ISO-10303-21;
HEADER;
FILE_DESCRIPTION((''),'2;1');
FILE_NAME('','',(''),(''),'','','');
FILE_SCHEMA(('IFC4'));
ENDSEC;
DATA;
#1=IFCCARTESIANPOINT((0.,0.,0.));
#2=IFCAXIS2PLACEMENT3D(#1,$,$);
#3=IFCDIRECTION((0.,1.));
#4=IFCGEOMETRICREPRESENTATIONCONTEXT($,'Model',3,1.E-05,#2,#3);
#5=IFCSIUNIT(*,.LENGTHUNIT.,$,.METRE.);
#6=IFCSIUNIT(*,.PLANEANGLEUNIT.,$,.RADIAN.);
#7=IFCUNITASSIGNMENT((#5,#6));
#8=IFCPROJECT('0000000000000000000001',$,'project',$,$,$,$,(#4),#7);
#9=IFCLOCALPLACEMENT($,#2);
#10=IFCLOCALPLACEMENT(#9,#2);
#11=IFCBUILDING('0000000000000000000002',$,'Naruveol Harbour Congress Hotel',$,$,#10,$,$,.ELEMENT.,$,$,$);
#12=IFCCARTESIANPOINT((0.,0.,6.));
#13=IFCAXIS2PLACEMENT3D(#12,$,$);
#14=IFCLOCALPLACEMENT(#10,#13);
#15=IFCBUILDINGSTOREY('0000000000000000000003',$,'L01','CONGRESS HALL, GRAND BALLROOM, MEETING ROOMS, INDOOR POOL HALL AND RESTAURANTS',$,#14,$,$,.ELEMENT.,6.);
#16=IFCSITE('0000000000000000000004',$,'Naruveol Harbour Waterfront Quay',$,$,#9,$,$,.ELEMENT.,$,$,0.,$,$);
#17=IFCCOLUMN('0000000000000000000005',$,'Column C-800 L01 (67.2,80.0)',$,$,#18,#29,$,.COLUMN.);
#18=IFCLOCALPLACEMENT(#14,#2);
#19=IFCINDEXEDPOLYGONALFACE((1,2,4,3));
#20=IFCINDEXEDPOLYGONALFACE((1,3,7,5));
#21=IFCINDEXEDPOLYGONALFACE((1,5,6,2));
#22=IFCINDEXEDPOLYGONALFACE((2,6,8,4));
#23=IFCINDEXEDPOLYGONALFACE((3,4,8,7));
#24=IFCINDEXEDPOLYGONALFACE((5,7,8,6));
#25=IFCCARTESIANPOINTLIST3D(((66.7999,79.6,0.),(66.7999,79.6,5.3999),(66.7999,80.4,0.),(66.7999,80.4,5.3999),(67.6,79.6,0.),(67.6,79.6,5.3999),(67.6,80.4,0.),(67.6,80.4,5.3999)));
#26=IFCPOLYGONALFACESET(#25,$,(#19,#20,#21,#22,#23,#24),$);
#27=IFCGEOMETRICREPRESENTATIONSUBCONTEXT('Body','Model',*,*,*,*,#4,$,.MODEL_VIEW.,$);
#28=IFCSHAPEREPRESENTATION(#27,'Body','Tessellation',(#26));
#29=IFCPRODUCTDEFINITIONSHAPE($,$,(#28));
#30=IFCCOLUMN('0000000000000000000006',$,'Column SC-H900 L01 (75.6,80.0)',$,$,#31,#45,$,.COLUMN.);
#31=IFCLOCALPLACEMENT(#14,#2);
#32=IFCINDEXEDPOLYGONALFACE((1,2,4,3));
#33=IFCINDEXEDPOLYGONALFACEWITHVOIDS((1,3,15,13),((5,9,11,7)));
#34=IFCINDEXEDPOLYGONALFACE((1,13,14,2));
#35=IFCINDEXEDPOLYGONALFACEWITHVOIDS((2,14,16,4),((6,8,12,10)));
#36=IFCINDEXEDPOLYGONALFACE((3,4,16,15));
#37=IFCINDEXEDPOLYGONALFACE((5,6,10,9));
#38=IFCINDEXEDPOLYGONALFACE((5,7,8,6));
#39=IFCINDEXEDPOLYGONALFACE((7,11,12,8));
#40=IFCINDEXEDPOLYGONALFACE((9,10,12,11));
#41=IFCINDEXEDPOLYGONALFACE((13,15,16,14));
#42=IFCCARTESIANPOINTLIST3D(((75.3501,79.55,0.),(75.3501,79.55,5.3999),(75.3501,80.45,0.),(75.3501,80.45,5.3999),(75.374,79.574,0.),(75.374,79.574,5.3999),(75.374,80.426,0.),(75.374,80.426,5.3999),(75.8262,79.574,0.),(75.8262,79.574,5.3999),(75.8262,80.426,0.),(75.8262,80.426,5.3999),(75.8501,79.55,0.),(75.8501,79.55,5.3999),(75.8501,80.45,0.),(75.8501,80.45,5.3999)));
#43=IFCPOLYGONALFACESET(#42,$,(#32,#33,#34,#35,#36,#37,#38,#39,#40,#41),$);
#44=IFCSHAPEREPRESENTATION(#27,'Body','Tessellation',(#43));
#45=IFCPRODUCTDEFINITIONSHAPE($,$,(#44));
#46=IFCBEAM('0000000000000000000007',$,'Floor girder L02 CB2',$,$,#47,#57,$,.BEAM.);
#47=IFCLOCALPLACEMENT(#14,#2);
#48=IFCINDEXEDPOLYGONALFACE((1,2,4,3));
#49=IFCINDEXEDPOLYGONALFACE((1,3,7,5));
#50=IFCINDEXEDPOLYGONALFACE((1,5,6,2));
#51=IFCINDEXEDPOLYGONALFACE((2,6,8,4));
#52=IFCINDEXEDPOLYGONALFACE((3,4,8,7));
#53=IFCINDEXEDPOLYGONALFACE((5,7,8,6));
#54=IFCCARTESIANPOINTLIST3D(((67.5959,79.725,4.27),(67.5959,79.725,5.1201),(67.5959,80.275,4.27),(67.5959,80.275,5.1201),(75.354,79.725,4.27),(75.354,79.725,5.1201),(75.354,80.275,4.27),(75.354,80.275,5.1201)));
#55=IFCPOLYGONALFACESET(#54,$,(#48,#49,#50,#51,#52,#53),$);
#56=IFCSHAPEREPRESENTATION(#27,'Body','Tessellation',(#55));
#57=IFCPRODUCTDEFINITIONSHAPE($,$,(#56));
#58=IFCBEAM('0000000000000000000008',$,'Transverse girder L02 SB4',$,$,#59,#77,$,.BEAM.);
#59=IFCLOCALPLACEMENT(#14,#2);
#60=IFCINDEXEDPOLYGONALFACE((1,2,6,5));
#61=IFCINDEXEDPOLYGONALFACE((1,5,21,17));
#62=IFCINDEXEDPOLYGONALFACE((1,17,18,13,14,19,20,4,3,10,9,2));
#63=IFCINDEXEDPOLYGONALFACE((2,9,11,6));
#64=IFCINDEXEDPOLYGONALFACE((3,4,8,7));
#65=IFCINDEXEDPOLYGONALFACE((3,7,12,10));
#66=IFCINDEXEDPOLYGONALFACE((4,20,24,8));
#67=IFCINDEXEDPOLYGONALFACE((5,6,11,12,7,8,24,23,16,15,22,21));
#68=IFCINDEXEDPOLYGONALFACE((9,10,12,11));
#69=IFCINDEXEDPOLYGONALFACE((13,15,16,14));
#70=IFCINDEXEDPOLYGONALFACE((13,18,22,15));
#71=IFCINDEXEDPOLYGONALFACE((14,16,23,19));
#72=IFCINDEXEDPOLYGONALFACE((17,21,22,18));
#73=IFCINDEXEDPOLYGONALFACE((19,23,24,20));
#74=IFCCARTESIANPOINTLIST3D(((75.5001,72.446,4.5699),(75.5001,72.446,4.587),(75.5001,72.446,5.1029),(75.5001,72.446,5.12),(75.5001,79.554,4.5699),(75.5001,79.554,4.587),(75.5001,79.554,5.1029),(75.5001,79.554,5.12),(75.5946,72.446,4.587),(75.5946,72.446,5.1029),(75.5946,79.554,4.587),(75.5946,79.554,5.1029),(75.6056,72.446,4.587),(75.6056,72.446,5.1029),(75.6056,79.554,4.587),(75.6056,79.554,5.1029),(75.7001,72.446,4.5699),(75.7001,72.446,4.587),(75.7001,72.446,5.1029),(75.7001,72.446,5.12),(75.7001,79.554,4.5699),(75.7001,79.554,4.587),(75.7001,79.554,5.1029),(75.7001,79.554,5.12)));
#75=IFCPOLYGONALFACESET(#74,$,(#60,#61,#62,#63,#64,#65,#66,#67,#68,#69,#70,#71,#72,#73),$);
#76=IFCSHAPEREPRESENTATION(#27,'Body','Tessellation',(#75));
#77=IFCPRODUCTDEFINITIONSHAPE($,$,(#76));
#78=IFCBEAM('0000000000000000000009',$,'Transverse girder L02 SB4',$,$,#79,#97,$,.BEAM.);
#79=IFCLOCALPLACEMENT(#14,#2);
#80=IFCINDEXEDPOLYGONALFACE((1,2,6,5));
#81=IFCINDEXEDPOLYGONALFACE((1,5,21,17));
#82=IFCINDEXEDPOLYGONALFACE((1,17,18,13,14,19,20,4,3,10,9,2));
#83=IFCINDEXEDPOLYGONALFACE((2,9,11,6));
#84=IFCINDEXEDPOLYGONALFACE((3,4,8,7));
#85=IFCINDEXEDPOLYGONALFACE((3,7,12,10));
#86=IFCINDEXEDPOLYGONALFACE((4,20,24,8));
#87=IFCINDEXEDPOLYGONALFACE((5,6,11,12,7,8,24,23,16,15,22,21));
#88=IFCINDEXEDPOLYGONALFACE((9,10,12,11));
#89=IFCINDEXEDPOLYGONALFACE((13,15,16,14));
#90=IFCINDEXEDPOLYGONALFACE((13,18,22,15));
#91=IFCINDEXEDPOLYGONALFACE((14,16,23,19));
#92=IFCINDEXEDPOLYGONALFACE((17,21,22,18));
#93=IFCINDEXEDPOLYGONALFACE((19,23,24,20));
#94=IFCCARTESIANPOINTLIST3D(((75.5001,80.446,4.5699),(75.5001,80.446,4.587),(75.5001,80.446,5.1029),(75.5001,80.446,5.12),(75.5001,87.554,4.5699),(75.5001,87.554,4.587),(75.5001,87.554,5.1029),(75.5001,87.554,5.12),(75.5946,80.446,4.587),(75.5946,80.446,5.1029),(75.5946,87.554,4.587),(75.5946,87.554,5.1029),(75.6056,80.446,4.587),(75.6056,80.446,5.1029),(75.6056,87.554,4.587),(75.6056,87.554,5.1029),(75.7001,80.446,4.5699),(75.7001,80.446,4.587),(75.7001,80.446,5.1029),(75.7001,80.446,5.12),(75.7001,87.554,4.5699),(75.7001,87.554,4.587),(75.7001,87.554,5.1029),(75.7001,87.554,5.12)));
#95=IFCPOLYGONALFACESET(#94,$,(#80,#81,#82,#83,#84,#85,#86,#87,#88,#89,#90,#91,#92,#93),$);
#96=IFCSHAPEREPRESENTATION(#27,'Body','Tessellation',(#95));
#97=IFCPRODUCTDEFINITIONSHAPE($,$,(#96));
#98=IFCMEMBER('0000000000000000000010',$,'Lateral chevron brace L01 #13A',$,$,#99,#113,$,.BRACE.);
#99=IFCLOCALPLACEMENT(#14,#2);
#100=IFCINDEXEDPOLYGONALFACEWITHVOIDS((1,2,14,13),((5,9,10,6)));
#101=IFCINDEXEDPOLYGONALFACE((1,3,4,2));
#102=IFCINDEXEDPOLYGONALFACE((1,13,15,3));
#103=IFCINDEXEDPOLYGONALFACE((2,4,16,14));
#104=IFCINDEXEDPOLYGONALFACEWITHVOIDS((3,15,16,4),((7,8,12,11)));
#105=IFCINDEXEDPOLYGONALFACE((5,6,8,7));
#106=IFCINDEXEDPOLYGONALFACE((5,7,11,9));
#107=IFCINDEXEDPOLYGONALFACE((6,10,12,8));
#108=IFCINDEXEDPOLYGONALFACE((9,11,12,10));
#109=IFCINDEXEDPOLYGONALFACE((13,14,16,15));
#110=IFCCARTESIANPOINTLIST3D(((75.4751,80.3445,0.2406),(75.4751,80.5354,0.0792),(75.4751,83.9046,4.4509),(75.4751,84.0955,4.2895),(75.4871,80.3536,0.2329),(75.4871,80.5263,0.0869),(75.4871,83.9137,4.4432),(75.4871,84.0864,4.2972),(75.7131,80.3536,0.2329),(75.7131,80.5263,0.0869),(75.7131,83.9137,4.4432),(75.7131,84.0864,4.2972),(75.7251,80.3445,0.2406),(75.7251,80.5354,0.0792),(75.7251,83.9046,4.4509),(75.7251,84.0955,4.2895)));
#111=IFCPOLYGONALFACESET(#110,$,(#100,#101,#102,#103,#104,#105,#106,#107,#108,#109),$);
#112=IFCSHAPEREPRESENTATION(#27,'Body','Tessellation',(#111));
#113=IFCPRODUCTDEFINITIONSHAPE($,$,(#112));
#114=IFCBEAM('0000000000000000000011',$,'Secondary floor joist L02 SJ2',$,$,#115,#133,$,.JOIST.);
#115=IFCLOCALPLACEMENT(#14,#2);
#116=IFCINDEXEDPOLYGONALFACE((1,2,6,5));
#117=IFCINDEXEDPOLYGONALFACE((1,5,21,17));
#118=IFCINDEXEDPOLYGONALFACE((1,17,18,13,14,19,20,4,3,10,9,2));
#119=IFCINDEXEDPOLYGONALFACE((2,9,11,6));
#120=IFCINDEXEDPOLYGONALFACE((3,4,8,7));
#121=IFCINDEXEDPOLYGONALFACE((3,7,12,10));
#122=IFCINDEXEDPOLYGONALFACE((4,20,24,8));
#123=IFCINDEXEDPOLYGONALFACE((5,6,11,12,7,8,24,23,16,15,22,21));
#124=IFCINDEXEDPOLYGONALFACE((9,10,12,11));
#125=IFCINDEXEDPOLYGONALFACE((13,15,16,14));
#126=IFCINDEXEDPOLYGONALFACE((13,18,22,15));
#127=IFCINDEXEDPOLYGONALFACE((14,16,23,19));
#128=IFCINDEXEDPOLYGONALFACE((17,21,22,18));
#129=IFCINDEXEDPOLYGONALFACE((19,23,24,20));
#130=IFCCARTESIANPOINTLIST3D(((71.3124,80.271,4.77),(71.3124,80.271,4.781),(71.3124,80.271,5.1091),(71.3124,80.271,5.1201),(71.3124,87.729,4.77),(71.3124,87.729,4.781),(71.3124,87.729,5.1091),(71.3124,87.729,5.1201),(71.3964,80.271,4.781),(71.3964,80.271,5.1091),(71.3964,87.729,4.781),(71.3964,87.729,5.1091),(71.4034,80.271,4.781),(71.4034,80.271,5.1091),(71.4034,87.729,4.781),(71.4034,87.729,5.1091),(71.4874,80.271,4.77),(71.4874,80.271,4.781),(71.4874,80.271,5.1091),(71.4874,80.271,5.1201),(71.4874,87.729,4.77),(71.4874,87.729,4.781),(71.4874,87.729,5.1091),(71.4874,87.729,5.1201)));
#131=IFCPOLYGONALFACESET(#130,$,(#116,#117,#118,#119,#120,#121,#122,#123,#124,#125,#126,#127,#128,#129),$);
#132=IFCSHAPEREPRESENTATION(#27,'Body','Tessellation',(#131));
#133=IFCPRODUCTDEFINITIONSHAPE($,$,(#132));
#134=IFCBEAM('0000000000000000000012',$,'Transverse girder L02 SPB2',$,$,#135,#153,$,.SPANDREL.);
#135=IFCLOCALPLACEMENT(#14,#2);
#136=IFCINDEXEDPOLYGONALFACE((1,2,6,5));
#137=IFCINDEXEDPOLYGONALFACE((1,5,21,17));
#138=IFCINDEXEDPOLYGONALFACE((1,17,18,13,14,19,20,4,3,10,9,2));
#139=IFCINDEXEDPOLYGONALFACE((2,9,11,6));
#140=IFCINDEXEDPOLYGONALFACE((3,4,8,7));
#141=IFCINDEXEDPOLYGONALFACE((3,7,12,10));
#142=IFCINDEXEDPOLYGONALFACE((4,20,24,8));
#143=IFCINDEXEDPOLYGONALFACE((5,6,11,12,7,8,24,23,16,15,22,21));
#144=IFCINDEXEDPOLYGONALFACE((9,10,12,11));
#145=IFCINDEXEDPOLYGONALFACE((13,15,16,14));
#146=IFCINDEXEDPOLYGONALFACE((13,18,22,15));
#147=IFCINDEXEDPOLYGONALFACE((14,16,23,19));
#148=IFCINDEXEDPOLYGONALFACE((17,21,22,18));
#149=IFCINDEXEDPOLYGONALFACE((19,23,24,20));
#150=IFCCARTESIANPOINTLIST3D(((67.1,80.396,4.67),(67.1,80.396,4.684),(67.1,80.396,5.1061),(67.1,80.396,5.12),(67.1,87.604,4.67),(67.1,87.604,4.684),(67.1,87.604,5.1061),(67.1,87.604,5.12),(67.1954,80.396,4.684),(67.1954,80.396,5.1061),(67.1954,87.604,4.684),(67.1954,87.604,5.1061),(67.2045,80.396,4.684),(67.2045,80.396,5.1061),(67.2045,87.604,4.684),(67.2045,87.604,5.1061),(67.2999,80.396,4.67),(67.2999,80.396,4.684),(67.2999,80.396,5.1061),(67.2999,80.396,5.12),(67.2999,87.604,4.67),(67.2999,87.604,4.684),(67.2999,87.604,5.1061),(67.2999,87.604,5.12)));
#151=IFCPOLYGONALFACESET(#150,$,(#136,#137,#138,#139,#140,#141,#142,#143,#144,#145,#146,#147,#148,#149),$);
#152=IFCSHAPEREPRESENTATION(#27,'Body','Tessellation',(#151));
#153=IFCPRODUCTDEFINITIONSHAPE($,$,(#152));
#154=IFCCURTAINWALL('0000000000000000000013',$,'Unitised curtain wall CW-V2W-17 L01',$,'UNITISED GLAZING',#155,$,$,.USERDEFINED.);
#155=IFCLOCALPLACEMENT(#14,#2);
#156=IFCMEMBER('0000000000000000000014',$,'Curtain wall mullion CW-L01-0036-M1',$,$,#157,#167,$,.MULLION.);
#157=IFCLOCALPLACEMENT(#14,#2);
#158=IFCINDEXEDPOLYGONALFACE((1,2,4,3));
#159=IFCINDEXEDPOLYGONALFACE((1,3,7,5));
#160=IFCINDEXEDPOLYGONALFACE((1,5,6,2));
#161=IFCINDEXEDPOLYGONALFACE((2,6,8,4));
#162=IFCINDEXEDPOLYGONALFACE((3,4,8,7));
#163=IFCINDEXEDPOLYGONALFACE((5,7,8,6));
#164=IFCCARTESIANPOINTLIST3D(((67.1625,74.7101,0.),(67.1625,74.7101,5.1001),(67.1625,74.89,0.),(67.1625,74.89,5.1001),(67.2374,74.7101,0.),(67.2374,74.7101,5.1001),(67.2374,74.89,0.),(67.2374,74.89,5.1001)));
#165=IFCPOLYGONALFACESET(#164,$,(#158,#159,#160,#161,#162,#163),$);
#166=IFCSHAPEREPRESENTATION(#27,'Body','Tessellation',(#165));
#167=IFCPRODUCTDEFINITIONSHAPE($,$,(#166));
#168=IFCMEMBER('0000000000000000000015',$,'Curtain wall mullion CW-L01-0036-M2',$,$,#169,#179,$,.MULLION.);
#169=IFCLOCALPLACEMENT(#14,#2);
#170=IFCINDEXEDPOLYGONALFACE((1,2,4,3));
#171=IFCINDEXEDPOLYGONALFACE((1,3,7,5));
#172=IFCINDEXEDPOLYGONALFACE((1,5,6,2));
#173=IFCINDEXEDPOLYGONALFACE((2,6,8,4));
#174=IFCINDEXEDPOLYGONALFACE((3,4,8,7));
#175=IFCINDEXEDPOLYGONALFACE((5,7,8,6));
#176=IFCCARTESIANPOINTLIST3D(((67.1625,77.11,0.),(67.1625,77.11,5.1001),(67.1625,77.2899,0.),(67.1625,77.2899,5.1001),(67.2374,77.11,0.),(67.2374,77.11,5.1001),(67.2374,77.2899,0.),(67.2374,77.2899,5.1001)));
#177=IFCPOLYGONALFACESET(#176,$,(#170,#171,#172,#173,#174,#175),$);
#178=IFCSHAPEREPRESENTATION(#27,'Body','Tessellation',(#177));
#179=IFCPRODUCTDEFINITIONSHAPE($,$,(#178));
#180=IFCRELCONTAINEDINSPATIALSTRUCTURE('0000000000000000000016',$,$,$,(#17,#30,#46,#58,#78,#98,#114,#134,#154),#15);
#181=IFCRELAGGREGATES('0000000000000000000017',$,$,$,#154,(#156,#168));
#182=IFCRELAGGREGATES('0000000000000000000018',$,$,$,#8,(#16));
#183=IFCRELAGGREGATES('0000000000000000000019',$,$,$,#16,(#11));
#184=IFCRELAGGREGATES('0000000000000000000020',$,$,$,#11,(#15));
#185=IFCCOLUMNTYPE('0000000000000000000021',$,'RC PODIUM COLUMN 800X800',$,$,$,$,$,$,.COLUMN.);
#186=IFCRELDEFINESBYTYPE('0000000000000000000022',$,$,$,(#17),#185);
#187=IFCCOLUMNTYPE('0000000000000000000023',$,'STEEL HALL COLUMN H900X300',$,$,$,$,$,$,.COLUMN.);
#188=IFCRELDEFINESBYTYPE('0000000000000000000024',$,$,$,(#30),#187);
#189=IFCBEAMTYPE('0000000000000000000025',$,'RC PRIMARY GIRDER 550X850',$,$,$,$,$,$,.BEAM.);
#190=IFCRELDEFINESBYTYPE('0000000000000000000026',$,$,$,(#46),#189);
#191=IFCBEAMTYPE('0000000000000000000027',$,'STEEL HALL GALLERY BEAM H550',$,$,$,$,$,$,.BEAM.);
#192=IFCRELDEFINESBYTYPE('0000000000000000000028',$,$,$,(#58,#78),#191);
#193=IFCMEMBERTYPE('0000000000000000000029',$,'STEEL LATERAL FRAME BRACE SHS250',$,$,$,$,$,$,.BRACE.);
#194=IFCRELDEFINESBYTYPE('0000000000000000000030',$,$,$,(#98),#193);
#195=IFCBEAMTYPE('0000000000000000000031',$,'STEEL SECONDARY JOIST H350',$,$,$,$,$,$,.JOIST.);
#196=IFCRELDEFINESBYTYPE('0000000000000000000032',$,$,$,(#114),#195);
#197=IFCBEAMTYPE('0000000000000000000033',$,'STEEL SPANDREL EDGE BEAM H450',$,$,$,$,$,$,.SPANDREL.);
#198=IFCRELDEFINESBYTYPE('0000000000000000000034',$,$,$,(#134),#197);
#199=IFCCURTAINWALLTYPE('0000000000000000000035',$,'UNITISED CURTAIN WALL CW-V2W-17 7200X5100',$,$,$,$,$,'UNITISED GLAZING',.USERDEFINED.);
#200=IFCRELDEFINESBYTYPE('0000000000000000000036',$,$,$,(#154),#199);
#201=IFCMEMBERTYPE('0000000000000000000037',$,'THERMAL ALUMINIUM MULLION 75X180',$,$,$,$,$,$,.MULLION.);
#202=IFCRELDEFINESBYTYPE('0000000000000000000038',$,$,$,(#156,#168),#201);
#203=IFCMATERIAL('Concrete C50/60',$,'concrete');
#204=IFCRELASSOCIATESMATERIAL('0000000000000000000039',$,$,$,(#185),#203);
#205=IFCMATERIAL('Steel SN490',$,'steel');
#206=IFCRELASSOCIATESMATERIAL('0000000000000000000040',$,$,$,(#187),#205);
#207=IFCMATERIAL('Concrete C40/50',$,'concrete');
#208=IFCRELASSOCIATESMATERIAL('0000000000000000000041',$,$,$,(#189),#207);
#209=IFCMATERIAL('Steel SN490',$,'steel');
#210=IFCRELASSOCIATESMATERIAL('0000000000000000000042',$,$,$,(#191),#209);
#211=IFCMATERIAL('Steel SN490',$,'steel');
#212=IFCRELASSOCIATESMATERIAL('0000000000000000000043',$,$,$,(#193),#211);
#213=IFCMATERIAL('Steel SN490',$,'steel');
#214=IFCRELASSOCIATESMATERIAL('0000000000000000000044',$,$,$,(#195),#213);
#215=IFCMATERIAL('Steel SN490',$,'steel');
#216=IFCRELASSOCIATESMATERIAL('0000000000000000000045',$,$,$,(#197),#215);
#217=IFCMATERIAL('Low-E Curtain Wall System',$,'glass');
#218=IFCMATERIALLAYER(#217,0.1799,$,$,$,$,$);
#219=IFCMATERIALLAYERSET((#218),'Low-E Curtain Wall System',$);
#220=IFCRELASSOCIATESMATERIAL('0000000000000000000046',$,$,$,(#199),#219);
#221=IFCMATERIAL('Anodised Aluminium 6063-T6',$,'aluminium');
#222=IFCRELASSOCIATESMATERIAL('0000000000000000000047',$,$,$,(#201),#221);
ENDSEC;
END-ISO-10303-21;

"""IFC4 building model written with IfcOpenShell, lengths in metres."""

from ifc_helpers import new_model, si_unit, direction, frame, origin, origin_2d, place, context, subcontext, project, spatial, rectangle, hollow_rectangle, i_section, extrude, material, layer, layer_set, material_profile, profile_set, type_object, element, aggregate, save


model = new_model("IFC4")

# Units and contexts
model_context = context("Model", 3, precision=1e-05, world=origin(), true_north=direction((0.0, 1.0)))
body_context = subcontext(model_context, "Body", "Model", "MODEL_VIEW")
ifc_project = project(units=[si_unit("LENGTHUNIT", "METRE"), si_unit("PLANEANGLEUNIT", "RADIAN")], contexts=[model_context])

# Site, building, storey
site_placement = place(None, origin())
site = spatial("IfcSite", under=ifc_project, at=site_placement, Name="Naruveol Harbour Waterfront Quay", CompositionType="ELEMENT", RefElevation=0.0)
building_placement = place(site_placement, origin())
building = spatial("IfcBuilding", under=site, at=building_placement, Name="Naruveol Harbour Congress Hotel", CompositionType="ELEMENT")
storey_placement = place(building_placement, frame((0.0, 0.0, 6.0)))
storey = spatial("IfcBuildingStorey", under=building, at=storey_placement, Name="L01", Description="CONGRESS HALL, GRAND BALLROOM, MEETING ROOMS, INDOOR POOL HALL AND RESTAURANTS", CompositionType="ELEMENT", Elevation=6.0)

# Columns
ifc_material_1 = material(Name="Concrete C50/60", Category="concrete")
ifc_material_profile_1 = material_profile(ifc_material_1, rectangle(XDim=0.8, YDim=0.8, at=origin_2d()), Name="RC-800x800")
ifc_profile_set_1 = profile_set([ifc_material_profile_1], Name="Concrete C50/60")
column_type_1 = type_object("IfcColumnType", Name="RC PODIUM COLUMN 800X800", PredefinedType="COLUMN", material=ifc_profile_set_1)
column_1_placement = place(storey_placement, frame((67.2, 80.0, 0.0), z_axis=(0.0, 0.0, 1.0), x_axis=(1.0, 0.0, 0.0)))
element("IfcColumn", 1, at=column_1_placement, inside=storey, type_object=column_type_1, Name="Column C-800 L01 (67.2,80.0)", PredefinedType="COLUMN", context=body_context, shape_type="SweptSolid", body=[
    extrude(rectangle(XDim=0.8, YDim=0.8, at=origin_2d()), origin(), (0.0, 0.0, 1.0), 5.3999),
])
ifc_material_2 = material(Name="Steel SN490", Category="steel")
ifc_material_profile_2 = material_profile(ifc_material_2, hollow_rectangle(XDim=0.5, YDim=0.8999, WallThickness=0.0239, at=origin_2d()), Name="RHS-900x500x24")
ifc_profile_set_2 = profile_set([ifc_material_profile_2], Name="Steel SN490")
column_type_2 = type_object("IfcColumnType", Name="STEEL HALL COLUMN H900X300", PredefinedType="COLUMN", material=ifc_profile_set_2)
column_2_placement = place(storey_placement, frame((75.6001, 80.0, 0.0), z_axis=(0.0, 0.0, 1.0), x_axis=(1.0, 0.0, 0.0)))
element("IfcColumn", 2, at=column_2_placement, inside=storey, type_object=column_type_2, Name="Column SC-H900 L01 (75.6,80.0)", PredefinedType="COLUMN", context=body_context, shape_type="SweptSolid", body=[
    extrude(hollow_rectangle(XDim=0.5, YDim=0.8999, WallThickness=0.0239, at=origin_2d()), origin(), (0.0, 0.0, 1.0), 5.3999),
])

# Beams
ifc_material_3 = material(Name="Concrete C40/50", Category="concrete")
ifc_material_profile_3 = material_profile(ifc_material_3, rectangle(XDim=0.55, YDim=0.8501, at=origin_2d()), Name="RCB-550x850")
ifc_profile_set_3 = profile_set([ifc_material_profile_3], Name="Concrete C40/50")
beam_type_1 = type_object("IfcBeamType", Name="RC PRIMARY GIRDER 550X850", PredefinedType="BEAM", material=ifc_profile_set_3)
beam_1_placement = place(storey_placement, frame((67.5959, 80.0, 4.6951), z_axis=(1.0, 0.0, 0.0), x_axis=(0.0, 1.0, 0.0)))
element("IfcBeam", 3, at=beam_1_placement, inside=storey, type_object=beam_type_1, Name="Floor girder L02 CB2", PredefinedType="BEAM", context=body_context, shape_type="SweptSolid", body=[
    extrude(rectangle(XDim=0.55, YDim=0.8501, at=origin_2d()), origin(), (0.0, 0.0, 1.0), 7.7581),
])
ifc_material_4 = material(Name="Steel SN490", Category="steel")
ifc_material_profile_4 = material_profile(ifc_material_4, i_section(OverallWidth=0.2, OverallDepth=0.55, WebThickness=0.011, FlangeThickness=0.0171, at=origin_2d()), Name="H-550x200x11x17")
ifc_profile_set_4 = profile_set([ifc_material_profile_4], Name="Steel SN490")
beam_type_2 = type_object("IfcBeamType", Name="STEEL HALL GALLERY BEAM H550", PredefinedType="BEAM", material=ifc_profile_set_4)
for number, where, z_axis, x_axis, name in (
    (4, (75.6001, 72.446, 4.845), (0.0, 1.0, 0.0), (-1.0, 0.0, 0.0), "Transverse girder L02 SB4"),
    (5, (75.6001, 80.446, 4.845), (0.0, 1.0, 0.0), (-1.0, 0.0, 0.0), "Transverse girder L02 SB4"),
):
    element("IfcBeam", number, at=place(storey_placement, frame(where, z_axis=z_axis, x_axis=x_axis)), inside=storey, type_object=beam_type_2, Name=name, PredefinedType="BEAM", context=body_context, shape_type="SweptSolid", body=[
        extrude(i_section(OverallWidth=0.2, OverallDepth=0.55, WebThickness=0.011, FlangeThickness=0.0171, at=origin_2d()), origin(), (0.0, 0.0, 1.0), 7.1079),
    ])

# Member
ifc_material_5 = material(Name="Steel SN490", Category="steel")
ifc_material_profile_5 = material_profile(ifc_material_5, hollow_rectangle(XDim=0.25, YDim=0.25, WallThickness=0.012, at=origin_2d()), Name="SHS-250x250x12")
ifc_profile_set_5 = profile_set([ifc_material_profile_5], Name="Steel SN490")
member_type_1 = type_object("IfcMemberType", Name="STEEL LATERAL FRAME BRACE SHS250", PredefinedType="BRACE", material=ifc_profile_set_5)
member_1_placement = place(storey_placement, frame((75.6001, 80.4399, 0.1599), z_axis=(0.0, 0.645686, 0.763603), x_axis=(-1.0, 0.0, 0.0)))
element("IfcMember", 6, at=member_1_placement, inside=storey, type_object=member_type_1, Name="Lateral chevron brace L01 #13A", PredefinedType="BRACE", context=body_context, shape_type="SweptSolid", body=[
    extrude(hollow_rectangle(XDim=0.25, YDim=0.25, WallThickness=0.012, at=origin_2d()), origin(), (0.0, 0.0, 1.0), 5.5137),
])

# Beams
ifc_material_6 = material(Name="Steel SN490", Category="steel")
ifc_material_profile_6 = material_profile(ifc_material_6, i_section(OverallWidth=0.175, OverallDepth=0.3501, WebThickness=0.0071, FlangeThickness=0.011, at=origin_2d()), Name="H-350x175x7x11")
ifc_profile_set_6 = profile_set([ifc_material_profile_6], Name="Steel SN490")
beam_type_3 = type_object("IfcBeamType", Name="STEEL SECONDARY JOIST H350", PredefinedType="JOIST", material=ifc_profile_set_6)
beam_2_placement = place(storey_placement, frame((71.3999, 80.271, 4.9451), z_axis=(0.0, 1.0, 0.0), x_axis=(-1.0, 0.0, 0.0)))
element("IfcBeam", 7, at=beam_2_placement, inside=storey, type_object=beam_type_3, Name="Secondary floor joist L02 SJ2", PredefinedType="JOIST", context=body_context, shape_type="SweptSolid", body=[
    extrude(i_section(OverallWidth=0.175, OverallDepth=0.3501, WebThickness=0.0071, FlangeThickness=0.011, at=origin_2d()), origin(), (0.0, 0.0, 1.0), 7.458),
])
ifc_material_7 = material(Name="Steel SN490", Category="steel")
ifc_material_profile_7 = material_profile(ifc_material_7, i_section(OverallWidth=0.2, OverallDepth=0.45, WebThickness=0.009, FlangeThickness=0.0139, at=origin_2d()), Name="H-450x200x9x14")
ifc_profile_set_7 = profile_set([ifc_material_profile_7], Name="Steel SN490")
beam_type_4 = type_object("IfcBeamType", Name="STEEL SPANDREL EDGE BEAM H450", PredefinedType="SPANDREL", material=ifc_profile_set_7)
beam_3_placement = place(storey_placement, frame((67.2, 80.396, 4.895), z_axis=(0.0, 1.0, 0.0), x_axis=(-1.0, 0.0, 0.0)))
element("IfcBeam", 8, at=beam_3_placement, inside=storey, type_object=beam_type_4, Name="Transverse girder L02 SPB2", PredefinedType="SPANDREL", context=body_context, shape_type="SweptSolid", body=[
    extrude(i_section(OverallWidth=0.2, OverallDepth=0.45, WebThickness=0.009, FlangeThickness=0.0139, at=origin_2d()), origin(), (0.0, 0.0, 1.0), 7.208),
])

# Curtain wall, members
ifc_material_8 = material(Name="Low-E Curtain Wall System", Category="glass")
ifc_layer_1 = layer(ifc_material_8, 0.1799)
ifc_layer_set_1 = layer_set([ifc_layer_1], Name="Low-E Curtain Wall System")
curtain_wall_type = type_object("IfcCurtainWallType", Name="UNITISED CURTAIN WALL CW-V2W-17 7200X5100", ElementType="UNITISED GLAZING", PredefinedType="USERDEFINED", material=ifc_layer_set_1)
curtain_wall_1_placement = place(storey_placement, origin())
curtain_wall_1 = element("IfcCurtainWall", 9, at=curtain_wall_1_placement, inside=storey, type_object=curtain_wall_type, Name="Unitised curtain wall CW-V2W-17 L01", ObjectType="UNITISED GLAZING", PredefinedType="USERDEFINED")
ifc_material_9 = material(Name="Anodised Aluminium 6063-T6", Category="aluminium")
ifc_material_profile_8 = material_profile(ifc_material_9, rectangle(XDim=0.075, YDim=0.1799, at=origin_2d()), Name="ALU-75x180")
ifc_profile_set_8 = profile_set([ifc_material_profile_8], Name="Anodised Aluminium 6063-T6")
member_type_2 = type_object("IfcMemberType", Name="THERMAL ALUMINIUM MULLION 75X180", PredefinedType="MULLION", material=ifc_profile_set_8)
member_2_placement = place(storey_placement, frame((67.2, 74.8, 0.0), z_axis=(0.0, 0.0, 1.0), x_axis=(1.0, 0.0, 0.0)))
member_2 = element("IfcMember", 10, at=member_2_placement, type_object=member_type_2, Name="Curtain wall mullion CW-L01-0036-M1", PredefinedType="MULLION", context=body_context, shape_type="SweptSolid", body=[
    extrude(rectangle(XDim=0.075, YDim=0.1799, at=origin_2d()), origin(), (0.0, 0.0, 1.0), 5.1001),
])
member_3_placement = place(storey_placement, frame((67.2, 77.2, 0.0), z_axis=(0.0, 0.0, 1.0), x_axis=(1.0, 0.0, 0.0)))
member_3 = element("IfcMember", 11, at=member_3_placement, type_object=member_type_2, Name="Curtain wall mullion CW-L01-0036-M2", PredefinedType="MULLION", context=body_context, shape_type="SweptSolid", body=[
    extrude(rectangle(XDim=0.075, YDim=0.1799, at=origin_2d()), origin(), (0.0, 0.0, 1.0), 5.1001),
])

aggregate(curtain_wall_1, [member_2, member_3])

save(model, "model.ifc")
